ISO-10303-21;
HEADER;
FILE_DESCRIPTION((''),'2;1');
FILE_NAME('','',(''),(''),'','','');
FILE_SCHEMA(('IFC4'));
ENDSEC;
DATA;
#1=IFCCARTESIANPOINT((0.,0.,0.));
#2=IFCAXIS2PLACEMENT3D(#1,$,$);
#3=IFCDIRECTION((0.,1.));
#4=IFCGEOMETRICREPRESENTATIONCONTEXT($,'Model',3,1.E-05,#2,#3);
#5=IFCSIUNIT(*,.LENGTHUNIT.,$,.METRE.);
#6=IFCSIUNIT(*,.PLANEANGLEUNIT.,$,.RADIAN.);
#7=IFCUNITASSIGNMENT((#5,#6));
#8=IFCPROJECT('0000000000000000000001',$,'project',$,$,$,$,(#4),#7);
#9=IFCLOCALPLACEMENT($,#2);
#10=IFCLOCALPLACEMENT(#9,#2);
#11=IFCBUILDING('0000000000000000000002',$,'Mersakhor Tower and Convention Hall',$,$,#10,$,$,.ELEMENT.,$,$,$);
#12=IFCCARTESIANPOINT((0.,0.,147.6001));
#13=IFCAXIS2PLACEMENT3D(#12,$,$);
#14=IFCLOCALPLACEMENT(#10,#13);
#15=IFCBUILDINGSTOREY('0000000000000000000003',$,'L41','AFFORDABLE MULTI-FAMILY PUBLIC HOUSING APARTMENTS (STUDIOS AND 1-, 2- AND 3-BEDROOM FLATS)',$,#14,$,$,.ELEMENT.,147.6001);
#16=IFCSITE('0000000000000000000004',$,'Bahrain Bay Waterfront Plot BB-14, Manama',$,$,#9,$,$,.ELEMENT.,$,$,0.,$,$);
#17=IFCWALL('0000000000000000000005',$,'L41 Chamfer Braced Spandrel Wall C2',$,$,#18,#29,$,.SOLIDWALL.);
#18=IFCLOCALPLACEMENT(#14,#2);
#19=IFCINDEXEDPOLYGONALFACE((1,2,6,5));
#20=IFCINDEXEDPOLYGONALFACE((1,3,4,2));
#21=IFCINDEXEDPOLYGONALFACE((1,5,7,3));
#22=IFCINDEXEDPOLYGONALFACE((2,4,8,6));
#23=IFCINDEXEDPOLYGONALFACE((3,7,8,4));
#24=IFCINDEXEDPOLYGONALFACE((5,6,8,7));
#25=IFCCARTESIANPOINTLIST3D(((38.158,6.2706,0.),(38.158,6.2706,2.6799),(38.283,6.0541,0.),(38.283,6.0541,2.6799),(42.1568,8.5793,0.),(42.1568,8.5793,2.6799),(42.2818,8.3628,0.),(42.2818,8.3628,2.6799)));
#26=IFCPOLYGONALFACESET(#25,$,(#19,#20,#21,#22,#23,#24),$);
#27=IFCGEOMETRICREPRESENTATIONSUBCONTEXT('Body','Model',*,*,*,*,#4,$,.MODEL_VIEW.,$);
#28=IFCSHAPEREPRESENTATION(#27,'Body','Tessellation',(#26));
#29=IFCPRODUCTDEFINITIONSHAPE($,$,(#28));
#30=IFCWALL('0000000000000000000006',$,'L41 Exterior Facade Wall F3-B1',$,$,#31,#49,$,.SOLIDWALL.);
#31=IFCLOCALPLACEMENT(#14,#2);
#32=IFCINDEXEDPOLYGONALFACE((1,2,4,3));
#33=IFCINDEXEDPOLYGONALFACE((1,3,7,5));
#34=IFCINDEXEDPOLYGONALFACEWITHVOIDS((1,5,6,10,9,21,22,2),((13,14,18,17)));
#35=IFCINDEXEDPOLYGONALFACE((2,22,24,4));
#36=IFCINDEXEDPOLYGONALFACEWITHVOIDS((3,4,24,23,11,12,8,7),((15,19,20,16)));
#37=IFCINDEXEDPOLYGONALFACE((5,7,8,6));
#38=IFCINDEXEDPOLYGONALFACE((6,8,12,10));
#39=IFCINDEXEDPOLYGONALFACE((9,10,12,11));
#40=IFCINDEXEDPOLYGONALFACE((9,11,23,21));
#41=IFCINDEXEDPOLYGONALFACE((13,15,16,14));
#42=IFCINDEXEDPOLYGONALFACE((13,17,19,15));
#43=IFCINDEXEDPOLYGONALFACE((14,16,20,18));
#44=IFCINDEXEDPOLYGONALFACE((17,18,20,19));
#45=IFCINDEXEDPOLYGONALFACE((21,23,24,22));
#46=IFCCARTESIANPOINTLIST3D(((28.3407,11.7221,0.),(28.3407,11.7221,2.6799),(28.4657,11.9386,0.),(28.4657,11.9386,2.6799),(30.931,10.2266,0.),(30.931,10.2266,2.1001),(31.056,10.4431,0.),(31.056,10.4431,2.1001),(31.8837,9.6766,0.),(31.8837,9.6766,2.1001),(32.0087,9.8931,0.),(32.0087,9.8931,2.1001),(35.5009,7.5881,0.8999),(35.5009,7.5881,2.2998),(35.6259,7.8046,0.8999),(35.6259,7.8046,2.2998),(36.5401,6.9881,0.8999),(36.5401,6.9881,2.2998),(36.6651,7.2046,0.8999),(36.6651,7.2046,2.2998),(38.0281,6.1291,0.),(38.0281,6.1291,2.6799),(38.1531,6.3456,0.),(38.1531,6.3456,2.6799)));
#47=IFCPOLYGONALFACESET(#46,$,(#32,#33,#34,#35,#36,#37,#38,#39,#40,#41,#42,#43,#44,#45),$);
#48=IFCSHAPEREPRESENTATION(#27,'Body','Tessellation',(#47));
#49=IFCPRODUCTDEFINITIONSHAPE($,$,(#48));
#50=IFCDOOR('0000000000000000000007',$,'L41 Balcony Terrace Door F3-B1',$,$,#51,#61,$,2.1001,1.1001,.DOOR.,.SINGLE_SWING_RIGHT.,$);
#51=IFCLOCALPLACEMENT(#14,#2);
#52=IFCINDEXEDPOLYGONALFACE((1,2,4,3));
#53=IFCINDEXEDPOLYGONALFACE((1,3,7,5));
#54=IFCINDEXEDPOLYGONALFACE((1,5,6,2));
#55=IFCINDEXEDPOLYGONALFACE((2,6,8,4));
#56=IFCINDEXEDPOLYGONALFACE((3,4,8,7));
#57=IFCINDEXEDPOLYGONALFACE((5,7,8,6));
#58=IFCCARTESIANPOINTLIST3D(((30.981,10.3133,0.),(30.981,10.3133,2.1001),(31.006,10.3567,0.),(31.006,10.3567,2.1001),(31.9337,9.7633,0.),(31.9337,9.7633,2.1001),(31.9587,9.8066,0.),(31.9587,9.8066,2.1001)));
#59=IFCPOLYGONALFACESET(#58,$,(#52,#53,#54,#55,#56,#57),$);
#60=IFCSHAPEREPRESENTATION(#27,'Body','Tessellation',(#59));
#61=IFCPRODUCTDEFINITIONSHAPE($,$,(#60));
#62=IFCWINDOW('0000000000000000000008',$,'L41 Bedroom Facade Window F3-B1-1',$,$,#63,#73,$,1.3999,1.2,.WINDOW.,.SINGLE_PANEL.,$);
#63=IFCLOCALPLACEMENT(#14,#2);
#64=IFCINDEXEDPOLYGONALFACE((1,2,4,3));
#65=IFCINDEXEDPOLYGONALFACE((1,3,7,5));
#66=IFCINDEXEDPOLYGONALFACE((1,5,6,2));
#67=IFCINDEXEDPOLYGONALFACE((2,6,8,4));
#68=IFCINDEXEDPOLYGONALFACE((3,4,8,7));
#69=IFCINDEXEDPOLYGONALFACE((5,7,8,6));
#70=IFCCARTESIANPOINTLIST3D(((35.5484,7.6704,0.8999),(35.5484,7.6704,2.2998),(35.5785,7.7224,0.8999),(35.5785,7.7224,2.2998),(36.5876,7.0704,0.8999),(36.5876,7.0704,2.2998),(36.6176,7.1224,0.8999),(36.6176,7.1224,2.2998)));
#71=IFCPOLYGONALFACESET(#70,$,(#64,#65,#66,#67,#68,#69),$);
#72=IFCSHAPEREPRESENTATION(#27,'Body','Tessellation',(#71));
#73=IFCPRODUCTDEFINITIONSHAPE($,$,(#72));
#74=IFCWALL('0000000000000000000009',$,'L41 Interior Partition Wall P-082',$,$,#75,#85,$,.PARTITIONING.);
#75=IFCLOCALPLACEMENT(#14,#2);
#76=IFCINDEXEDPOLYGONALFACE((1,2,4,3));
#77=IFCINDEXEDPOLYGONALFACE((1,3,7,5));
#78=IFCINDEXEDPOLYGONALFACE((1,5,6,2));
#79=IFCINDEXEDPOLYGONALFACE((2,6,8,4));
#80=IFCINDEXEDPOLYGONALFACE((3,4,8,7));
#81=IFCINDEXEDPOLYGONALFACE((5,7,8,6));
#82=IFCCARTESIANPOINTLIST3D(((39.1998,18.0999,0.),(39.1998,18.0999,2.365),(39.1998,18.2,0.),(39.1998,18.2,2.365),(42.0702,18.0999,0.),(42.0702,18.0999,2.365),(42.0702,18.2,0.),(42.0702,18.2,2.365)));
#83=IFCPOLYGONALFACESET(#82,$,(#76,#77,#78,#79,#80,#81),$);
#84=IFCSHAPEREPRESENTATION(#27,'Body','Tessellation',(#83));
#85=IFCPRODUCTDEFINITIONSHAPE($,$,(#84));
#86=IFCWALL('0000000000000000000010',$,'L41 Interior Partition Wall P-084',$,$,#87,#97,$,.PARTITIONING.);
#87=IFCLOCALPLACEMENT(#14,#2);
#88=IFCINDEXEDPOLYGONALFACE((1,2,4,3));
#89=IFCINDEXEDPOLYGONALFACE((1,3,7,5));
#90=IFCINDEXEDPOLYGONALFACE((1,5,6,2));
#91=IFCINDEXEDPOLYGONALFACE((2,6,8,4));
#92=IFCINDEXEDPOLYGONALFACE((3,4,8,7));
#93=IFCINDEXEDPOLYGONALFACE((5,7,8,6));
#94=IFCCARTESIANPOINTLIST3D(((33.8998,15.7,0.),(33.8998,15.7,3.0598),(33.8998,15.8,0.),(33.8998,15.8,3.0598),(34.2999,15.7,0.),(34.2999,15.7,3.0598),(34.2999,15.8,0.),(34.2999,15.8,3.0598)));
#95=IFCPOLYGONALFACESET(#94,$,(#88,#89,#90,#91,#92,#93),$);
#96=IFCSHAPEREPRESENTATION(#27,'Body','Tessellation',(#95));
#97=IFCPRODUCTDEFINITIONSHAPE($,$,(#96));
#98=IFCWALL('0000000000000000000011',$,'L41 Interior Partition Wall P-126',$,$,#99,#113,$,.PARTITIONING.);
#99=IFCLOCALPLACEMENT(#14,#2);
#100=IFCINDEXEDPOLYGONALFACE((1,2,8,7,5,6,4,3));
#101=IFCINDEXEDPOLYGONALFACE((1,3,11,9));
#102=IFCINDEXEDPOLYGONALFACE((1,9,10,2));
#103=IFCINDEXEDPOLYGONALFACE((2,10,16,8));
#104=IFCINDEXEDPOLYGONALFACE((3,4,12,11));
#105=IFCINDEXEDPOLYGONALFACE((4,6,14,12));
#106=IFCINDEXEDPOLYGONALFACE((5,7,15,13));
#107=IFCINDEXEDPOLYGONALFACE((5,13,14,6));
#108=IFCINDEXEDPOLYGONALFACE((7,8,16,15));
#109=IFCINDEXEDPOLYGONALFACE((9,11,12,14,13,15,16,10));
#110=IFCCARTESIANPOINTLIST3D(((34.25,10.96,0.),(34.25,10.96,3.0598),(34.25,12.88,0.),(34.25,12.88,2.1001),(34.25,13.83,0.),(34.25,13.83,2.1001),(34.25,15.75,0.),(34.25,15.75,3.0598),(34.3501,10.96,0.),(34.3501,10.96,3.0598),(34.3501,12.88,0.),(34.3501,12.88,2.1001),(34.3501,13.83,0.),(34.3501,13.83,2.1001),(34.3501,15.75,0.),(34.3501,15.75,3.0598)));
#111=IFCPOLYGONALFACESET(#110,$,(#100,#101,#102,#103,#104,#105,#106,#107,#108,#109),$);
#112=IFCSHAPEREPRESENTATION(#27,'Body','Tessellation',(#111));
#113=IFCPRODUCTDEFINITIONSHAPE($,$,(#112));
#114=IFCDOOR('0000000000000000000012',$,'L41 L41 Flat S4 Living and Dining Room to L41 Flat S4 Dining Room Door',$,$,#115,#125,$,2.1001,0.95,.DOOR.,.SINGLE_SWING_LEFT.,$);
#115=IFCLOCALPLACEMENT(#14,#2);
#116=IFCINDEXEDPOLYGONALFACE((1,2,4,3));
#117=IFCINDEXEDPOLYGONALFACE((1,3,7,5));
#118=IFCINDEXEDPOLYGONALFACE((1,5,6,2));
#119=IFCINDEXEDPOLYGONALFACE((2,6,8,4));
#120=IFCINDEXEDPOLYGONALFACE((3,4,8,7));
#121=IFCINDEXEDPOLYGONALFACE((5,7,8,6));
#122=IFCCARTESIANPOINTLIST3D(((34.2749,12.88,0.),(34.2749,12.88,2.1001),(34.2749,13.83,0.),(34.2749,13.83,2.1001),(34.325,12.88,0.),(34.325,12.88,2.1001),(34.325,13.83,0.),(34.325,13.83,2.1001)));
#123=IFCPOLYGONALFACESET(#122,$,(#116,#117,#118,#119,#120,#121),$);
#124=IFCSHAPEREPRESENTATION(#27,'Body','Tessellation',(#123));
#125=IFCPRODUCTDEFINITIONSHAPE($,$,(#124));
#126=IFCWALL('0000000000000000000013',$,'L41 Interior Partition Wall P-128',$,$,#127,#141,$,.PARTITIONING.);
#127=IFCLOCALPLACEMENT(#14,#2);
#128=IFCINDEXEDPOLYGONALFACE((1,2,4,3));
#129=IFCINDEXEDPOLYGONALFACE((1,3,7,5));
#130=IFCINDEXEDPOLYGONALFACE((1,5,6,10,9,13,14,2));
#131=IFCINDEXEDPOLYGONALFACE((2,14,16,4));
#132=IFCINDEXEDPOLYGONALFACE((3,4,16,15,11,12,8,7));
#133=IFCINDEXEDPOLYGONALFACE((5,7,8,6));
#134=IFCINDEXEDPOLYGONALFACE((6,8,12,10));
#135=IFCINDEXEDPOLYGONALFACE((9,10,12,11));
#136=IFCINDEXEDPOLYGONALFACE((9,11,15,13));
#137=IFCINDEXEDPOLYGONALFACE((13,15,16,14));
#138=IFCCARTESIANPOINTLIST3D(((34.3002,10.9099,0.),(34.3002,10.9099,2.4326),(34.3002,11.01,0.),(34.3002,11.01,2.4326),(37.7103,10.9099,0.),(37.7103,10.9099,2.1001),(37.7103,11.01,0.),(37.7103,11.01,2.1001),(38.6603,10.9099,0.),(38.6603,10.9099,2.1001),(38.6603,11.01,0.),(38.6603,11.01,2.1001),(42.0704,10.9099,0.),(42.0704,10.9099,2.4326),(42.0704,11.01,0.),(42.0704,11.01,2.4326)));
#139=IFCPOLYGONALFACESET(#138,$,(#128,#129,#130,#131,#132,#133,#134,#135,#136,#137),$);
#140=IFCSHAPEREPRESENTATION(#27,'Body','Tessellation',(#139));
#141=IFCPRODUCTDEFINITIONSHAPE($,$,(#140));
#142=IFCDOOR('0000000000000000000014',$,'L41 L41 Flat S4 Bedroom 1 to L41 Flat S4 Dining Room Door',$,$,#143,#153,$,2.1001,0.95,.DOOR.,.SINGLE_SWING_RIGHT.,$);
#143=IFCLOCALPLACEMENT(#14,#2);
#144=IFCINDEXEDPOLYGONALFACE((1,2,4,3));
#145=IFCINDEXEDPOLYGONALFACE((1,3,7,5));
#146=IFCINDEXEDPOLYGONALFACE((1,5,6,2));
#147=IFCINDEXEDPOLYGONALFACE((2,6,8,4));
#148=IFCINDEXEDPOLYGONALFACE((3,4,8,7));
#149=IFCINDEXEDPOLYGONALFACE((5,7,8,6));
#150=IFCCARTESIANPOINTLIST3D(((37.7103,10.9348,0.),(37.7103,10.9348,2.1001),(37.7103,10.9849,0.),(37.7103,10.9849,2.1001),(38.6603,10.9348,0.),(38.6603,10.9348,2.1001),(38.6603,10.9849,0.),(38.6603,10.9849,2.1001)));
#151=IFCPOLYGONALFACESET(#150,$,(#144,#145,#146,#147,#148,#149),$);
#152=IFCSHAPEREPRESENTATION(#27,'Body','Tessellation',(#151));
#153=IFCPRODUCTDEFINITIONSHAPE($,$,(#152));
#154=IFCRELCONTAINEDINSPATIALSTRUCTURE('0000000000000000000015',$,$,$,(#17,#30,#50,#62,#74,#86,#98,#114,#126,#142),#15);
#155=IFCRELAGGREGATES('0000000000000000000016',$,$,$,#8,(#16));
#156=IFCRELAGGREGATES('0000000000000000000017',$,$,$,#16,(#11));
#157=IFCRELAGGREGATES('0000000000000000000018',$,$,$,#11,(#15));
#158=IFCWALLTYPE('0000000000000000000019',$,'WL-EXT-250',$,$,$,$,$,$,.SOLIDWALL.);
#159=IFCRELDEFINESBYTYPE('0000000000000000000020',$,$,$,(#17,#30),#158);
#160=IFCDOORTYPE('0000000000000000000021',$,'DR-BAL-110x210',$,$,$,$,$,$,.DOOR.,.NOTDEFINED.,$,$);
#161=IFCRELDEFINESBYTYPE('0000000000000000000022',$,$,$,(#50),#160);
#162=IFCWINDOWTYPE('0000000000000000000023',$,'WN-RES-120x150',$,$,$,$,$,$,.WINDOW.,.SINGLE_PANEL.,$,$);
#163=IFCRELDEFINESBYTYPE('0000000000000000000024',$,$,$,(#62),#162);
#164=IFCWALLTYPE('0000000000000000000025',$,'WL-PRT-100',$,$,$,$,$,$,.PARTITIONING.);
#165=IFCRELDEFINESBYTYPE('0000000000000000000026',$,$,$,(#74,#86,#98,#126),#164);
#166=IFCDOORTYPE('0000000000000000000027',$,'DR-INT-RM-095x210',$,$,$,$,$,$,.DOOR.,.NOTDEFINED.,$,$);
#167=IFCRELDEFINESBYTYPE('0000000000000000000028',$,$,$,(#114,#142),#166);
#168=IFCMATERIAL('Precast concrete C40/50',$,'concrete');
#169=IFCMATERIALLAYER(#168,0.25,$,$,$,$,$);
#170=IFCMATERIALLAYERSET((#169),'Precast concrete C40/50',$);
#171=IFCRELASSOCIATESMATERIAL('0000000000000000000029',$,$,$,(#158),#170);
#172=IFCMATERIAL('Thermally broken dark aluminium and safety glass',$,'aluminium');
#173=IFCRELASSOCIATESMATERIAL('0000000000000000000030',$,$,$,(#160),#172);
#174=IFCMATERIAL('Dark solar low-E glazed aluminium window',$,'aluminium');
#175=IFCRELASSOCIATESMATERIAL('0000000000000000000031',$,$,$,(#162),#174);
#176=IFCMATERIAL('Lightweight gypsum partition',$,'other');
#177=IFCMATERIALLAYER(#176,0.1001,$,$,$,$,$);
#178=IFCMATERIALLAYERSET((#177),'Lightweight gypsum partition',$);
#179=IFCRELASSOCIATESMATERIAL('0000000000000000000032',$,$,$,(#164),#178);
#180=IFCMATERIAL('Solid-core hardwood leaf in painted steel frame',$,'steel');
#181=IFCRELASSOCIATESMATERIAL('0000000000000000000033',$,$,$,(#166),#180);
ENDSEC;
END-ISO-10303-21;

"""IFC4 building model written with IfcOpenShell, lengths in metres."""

from ifc_helpers import new_model, si_unit, direction, frame, frame_2d, origin, place, context, subcontext, project, spatial, rectangle, extrude, material, layer, layer_set, type_object, element, fill, save


model = new_model("IFC4")

# Units and contexts
model_context = context("Model", 3, precision=1e-05, world=origin(), true_north=direction((0.0, 1.0)))
body_context = subcontext(model_context, "Body", "Model", "MODEL_VIEW")
ifc_project = project(units=[si_unit("LENGTHUNIT", "METRE"), si_unit("PLANEANGLEUNIT", "RADIAN")], contexts=[model_context])

# Site, building, storey
site_placement = place(None, origin())
site = spatial("IfcSite", under=ifc_project, at=site_placement, Name="Bahrain Bay Waterfront Plot BB-14, Manama", CompositionType="ELEMENT", RefElevation=0.0)
building_placement = place(site_placement, origin())
building = spatial("IfcBuilding", under=site, at=building_placement, Name="Mersakhor Tower and Convention Hall", CompositionType="ELEMENT")
storey_placement = place(building_placement, frame((0.0, 0.0, 147.6001)))
storey = spatial("IfcBuildingStorey", under=building, at=storey_placement, Name="L41", Description="AFFORDABLE MULTI-FAMILY PUBLIC HOUSING APARTMENTS (STUDIOS AND 1-, 2- AND 3-BEDROOM FLATS)", CompositionType="ELEMENT", Elevation=147.6001)

# Wall
ifc_material_1 = material(Name="Precast concrete C40/50", Category="concrete")
ifc_layer_1 = layer(ifc_material_1, 0.25)
ifc_layer_set_1 = layer_set([ifc_layer_1], Name="Precast concrete C40/50")
wall_type_1 = type_object("IfcWallType", Name="WL-EXT-250", PredefinedType="SOLIDWALL", material=ifc_layer_set_1)
wall_1_placement = place(storey_placement, frame((42.2192, 8.4709, 0.0), z_axis=(0.0, 0.0, 1.0), x_axis=(-0.866035, -0.499983, 0.0)))
element("IfcWall", 1, at=wall_1_placement, inside=storey, type_object=wall_type_1, Name="L41 Chamfer Braced Spandrel Wall C2", PredefinedType="SOLIDWALL", context=body_context, shape_type="SweptSolid", body=[
    extrude(rectangle(XDim=4.6174, YDim=0.25, at=frame_2d((2.3086, 0.0))), origin(), (0.0, 0.0, 1.0), 2.6799),
])

# Wall, openings, door, window
wall_2_placement = place(storey_placement, frame((38.0906, 6.2373, 0.0), z_axis=(0.0, 0.0, 1.0), x_axis=(-0.866022, 0.500005, 0.0)))
wall_2 = element("IfcWall", 2, at=wall_2_placement, inside=storey, type_object=wall_type_1, Name="L41 Exterior Facade Wall F3-B1", PredefinedType="SOLIDWALL", context=body_context, shape_type="SweptSolid", body=[
    extrude(rectangle(XDim=11.186, YDim=0.25, at=frame_2d((5.593, 0.0))), origin(), (0.0, 0.0, 1.0), 2.6799),
])
opening_1_placement = place(wall_2_placement, frame((7.095, 0.0, 0.0)))
opening_1 = element("IfcOpeningElement", 3, at=opening_1_placement, cuts=wall_2, PredefinedType="OPENING", context=body_context, shape_type="SweptSolid", body=[
    extrude(rectangle(XDim=1.1001, YDim=2.1001, at=frame_2d((0.55, 1.05))), frame((0.0, 0.135, 0.0), z_axis=(0.0, -1.0, 0.0), x_axis=(1.0, 0.0, 0.0)), (0.0, 0.0, 1.0), 0.27),
])
opening_2_placement = place(wall_2_placement, frame((1.718, 0.0, 0.8999)))
opening_2 = element("IfcOpeningElement", 4, at=opening_2_placement, cuts=wall_2, PredefinedType="OPENING", context=body_context, shape_type="SweptSolid", body=[
    extrude(rectangle(XDim=1.2, YDim=1.3999, at=frame_2d((0.6001, 0.7))), frame((0.0, 0.135, 0.0), z_axis=(0.0, -1.0, 0.0), x_axis=(1.0, 0.0, 0.0)), (0.0, 0.0, 1.0), 0.27),
])
ifc_material_2 = material(Name="Thermally broken dark aluminium and safety glass", Category="aluminium")
door_type_1 = type_object("IfcDoorType", Name="DR-BAL-110x210", OperationType="NOTDEFINED", PredefinedType="DOOR", material=ifc_material_2)
door_1_placement = place(opening_1_placement, origin())
door_1 = element("IfcDoor", 5, at=door_1_placement, inside=storey, type_object=door_type_1, Name="L41 Balcony Terrace Door F3-B1", OperationType="SINGLE_SWING_RIGHT", OverallHeight=2.1001, OverallWidth=1.1001, PredefinedType="DOOR", context=body_context, shape_type="SweptSolid", body=[
    extrude(rectangle(XDim=1.1001, YDim=2.1001, at=frame_2d((0.55, 1.05))), frame((0.0, 0.0249, 0.0), z_axis=(0.0, -1.0, 0.0), x_axis=(1.0, 0.0, 0.0)), (0.0, 0.0, 1.0), 0.05),
])
fill(opening_1, door_1)
ifc_material_3 = material(Name="Dark solar low-E glazed aluminium window", Category="aluminium")
window_type = type_object("IfcWindowType", Name="WN-RES-120x150", PartitioningType="SINGLE_PANEL", PredefinedType="WINDOW", material=ifc_material_3)
window_placement = place(opening_2_placement, origin())
window = element("IfcWindow", 6, at=window_placement, inside=storey, type_object=window_type, Name="L41 Bedroom Facade Window F3-B1-1", OverallHeight=1.3999, OverallWidth=1.2, PartitioningType="SINGLE_PANEL", PredefinedType="WINDOW", context=body_context, shape_type="SweptSolid", body=[
    extrude(rectangle(XDim=1.2, YDim=1.3999, at=frame_2d((0.6001, 0.7))), frame((0.0, 0.03, 0.0), z_axis=(0.0, -1.0, 0.0), x_axis=(1.0, 0.0, 0.0)), (0.0, 0.0, 1.0), 0.0601),
])
fill(opening_2, window)

# Walls
ifc_material_4 = material(Name="Lightweight gypsum partition", Category="other")
ifc_layer_2 = layer(ifc_material_4, 0.1001)
ifc_layer_set_2 = layer_set([ifc_layer_2], Name="Lightweight gypsum partition")
wall_type_2 = type_object("IfcWallType", Name="WL-PRT-100", PredefinedType="PARTITIONING", material=ifc_layer_set_2)
wall_3_placement = place(storey_placement, frame((39.2, 18.1499, 0.0), z_axis=(0.0, 0.0, 1.0), x_axis=(1.0, 0.0, 0.0)))
element("IfcWall", 7, at=wall_3_placement, inside=storey, type_object=wall_type_2, Name="L41 Interior Partition Wall P-082", PredefinedType="PARTITIONING", context=body_context, shape_type="SweptSolid", body=[
    extrude(rectangle(XDim=2.8704, YDim=0.1001, at=frame_2d((1.4351, 0.0))), origin(), (0.0, 0.0, 1.0), 2.365),
])
wall_4_placement = place(storey_placement, frame((34.3, 15.75, 0.0), z_axis=(0.0, 0.0, 1.0), x_axis=(-1.0, 0.0, 0.0)))
element("IfcWall", 8, at=wall_4_placement, inside=storey, type_object=wall_type_2, Name="L41 Interior Partition Wall P-084", PredefinedType="PARTITIONING", context=body_context, shape_type="SweptSolid", body=[
    extrude(rectangle(XDim=0.4001, YDim=0.1001, at=frame_2d((0.2002, 0.0))), origin(), (0.0, 0.0, 1.0), 3.0598),
])

# Walls, openings, doors
wall_5_placement = place(storey_placement, frame((34.3, 15.75, 0.0), z_axis=(0.0, 0.0, 1.0), x_axis=(0.0, -1.0, 0.0)))
wall_5 = element("IfcWall", 9, at=wall_5_placement, inside=storey, type_object=wall_type_2, Name="L41 Interior Partition Wall P-126", PredefinedType="PARTITIONING", context=body_context, shape_type="SweptSolid", body=[
    extrude(rectangle(XDim=4.79, YDim=0.1001, at=frame_2d((2.395, 0.0))), origin(), (0.0, 0.0, 1.0), 3.0598),
])
opening_3_placement = place(wall_5_placement, frame((1.9199, 0.0, 0.0)))
opening_3 = element("IfcOpeningElement", 10, at=opening_3_placement, cuts=wall_5, PredefinedType="OPENING", context=body_context, shape_type="SweptSolid", body=[
    extrude(rectangle(XDim=0.95, YDim=2.1001, at=frame_2d((0.4751, 1.05))), frame((0.0, 0.0601, 0.0), z_axis=(0.0, -1.0, 0.0), x_axis=(1.0, 0.0, 0.0)), (0.0, 0.0, 1.0), 0.1201),
])
ifc_material_5 = material(Name="Solid-core hardwood leaf in painted steel frame", Category="steel")
door_type_2 = type_object("IfcDoorType", Name="DR-INT-RM-095x210", OperationType="NOTDEFINED", PredefinedType="DOOR", material=ifc_material_5)
door_2_placement = place(opening_3_placement, origin())
door_2 = element("IfcDoor", 11, at=door_2_placement, inside=storey, type_object=door_type_2, Name="L41 L41 Flat S4 Living and Dining Room to L41 Flat S4 Dining Room Door", OperationType="SINGLE_SWING_LEFT", OverallHeight=2.1001, OverallWidth=0.95, PredefinedType="DOOR", context=body_context, shape_type="SweptSolid", body=[
    extrude(rectangle(XDim=0.95, YDim=2.1001, at=frame_2d((0.4751, 1.05))), frame((0.0, 0.0249, 0.0), z_axis=(0.0, -1.0, 0.0), x_axis=(1.0, 0.0, 0.0)), (0.0, 0.0, 1.0), 0.05),
])
fill(opening_3, door_2)
wall_6_placement = place(storey_placement, frame((34.3, 10.96, 0.0), z_axis=(0.0, 0.0, 1.0), x_axis=(1.0, 0.0, 0.0)))
wall_6 = element("IfcWall", 12, at=wall_6_placement, inside=storey, type_object=wall_type_2, Name="L41 Interior Partition Wall P-128", PredefinedType="PARTITIONING", context=body_context, shape_type="SweptSolid", body=[
    extrude(rectangle(XDim=7.7703, YDim=0.1001, at=frame_2d((3.8853, 0.0))), origin(), (0.0, 0.0, 1.0), 2.4326),
])
opening_4_placement = place(wall_6_placement, frame((3.4102, 0.0, 0.0)))
opening_4 = element("IfcOpeningElement", 13, at=opening_4_placement, cuts=wall_6, PredefinedType="OPENING", context=body_context, shape_type="SweptSolid", body=[
    extrude(rectangle(XDim=0.95, YDim=2.1001, at=frame_2d((0.4751, 1.05))), frame((0.0, 0.0601, 0.0), z_axis=(0.0, -1.0, 0.0), x_axis=(1.0, 0.0, 0.0)), (0.0, 0.0, 1.0), 0.1201),
])
door_3_placement = place(opening_4_placement, origin())
door_3 = element("IfcDoor", 14, at=door_3_placement, inside=storey, type_object=door_type_2, Name="L41 L41 Flat S4 Bedroom 1 to L41 Flat S4 Dining Room Door", OperationType="SINGLE_SWING_RIGHT", OverallHeight=2.1001, OverallWidth=0.95, PredefinedType="DOOR", context=body_context, shape_type="SweptSolid", body=[
    extrude(rectangle(XDim=0.95, YDim=2.1001, at=frame_2d((0.4751, 1.05))), frame((0.0, 0.0249, 0.0), z_axis=(0.0, -1.0, 0.0), x_axis=(1.0, 0.0, 0.0)), (0.0, 0.0, 1.0), 0.05),
])
fill(opening_4, door_3)

save(model, "model.ifc")
